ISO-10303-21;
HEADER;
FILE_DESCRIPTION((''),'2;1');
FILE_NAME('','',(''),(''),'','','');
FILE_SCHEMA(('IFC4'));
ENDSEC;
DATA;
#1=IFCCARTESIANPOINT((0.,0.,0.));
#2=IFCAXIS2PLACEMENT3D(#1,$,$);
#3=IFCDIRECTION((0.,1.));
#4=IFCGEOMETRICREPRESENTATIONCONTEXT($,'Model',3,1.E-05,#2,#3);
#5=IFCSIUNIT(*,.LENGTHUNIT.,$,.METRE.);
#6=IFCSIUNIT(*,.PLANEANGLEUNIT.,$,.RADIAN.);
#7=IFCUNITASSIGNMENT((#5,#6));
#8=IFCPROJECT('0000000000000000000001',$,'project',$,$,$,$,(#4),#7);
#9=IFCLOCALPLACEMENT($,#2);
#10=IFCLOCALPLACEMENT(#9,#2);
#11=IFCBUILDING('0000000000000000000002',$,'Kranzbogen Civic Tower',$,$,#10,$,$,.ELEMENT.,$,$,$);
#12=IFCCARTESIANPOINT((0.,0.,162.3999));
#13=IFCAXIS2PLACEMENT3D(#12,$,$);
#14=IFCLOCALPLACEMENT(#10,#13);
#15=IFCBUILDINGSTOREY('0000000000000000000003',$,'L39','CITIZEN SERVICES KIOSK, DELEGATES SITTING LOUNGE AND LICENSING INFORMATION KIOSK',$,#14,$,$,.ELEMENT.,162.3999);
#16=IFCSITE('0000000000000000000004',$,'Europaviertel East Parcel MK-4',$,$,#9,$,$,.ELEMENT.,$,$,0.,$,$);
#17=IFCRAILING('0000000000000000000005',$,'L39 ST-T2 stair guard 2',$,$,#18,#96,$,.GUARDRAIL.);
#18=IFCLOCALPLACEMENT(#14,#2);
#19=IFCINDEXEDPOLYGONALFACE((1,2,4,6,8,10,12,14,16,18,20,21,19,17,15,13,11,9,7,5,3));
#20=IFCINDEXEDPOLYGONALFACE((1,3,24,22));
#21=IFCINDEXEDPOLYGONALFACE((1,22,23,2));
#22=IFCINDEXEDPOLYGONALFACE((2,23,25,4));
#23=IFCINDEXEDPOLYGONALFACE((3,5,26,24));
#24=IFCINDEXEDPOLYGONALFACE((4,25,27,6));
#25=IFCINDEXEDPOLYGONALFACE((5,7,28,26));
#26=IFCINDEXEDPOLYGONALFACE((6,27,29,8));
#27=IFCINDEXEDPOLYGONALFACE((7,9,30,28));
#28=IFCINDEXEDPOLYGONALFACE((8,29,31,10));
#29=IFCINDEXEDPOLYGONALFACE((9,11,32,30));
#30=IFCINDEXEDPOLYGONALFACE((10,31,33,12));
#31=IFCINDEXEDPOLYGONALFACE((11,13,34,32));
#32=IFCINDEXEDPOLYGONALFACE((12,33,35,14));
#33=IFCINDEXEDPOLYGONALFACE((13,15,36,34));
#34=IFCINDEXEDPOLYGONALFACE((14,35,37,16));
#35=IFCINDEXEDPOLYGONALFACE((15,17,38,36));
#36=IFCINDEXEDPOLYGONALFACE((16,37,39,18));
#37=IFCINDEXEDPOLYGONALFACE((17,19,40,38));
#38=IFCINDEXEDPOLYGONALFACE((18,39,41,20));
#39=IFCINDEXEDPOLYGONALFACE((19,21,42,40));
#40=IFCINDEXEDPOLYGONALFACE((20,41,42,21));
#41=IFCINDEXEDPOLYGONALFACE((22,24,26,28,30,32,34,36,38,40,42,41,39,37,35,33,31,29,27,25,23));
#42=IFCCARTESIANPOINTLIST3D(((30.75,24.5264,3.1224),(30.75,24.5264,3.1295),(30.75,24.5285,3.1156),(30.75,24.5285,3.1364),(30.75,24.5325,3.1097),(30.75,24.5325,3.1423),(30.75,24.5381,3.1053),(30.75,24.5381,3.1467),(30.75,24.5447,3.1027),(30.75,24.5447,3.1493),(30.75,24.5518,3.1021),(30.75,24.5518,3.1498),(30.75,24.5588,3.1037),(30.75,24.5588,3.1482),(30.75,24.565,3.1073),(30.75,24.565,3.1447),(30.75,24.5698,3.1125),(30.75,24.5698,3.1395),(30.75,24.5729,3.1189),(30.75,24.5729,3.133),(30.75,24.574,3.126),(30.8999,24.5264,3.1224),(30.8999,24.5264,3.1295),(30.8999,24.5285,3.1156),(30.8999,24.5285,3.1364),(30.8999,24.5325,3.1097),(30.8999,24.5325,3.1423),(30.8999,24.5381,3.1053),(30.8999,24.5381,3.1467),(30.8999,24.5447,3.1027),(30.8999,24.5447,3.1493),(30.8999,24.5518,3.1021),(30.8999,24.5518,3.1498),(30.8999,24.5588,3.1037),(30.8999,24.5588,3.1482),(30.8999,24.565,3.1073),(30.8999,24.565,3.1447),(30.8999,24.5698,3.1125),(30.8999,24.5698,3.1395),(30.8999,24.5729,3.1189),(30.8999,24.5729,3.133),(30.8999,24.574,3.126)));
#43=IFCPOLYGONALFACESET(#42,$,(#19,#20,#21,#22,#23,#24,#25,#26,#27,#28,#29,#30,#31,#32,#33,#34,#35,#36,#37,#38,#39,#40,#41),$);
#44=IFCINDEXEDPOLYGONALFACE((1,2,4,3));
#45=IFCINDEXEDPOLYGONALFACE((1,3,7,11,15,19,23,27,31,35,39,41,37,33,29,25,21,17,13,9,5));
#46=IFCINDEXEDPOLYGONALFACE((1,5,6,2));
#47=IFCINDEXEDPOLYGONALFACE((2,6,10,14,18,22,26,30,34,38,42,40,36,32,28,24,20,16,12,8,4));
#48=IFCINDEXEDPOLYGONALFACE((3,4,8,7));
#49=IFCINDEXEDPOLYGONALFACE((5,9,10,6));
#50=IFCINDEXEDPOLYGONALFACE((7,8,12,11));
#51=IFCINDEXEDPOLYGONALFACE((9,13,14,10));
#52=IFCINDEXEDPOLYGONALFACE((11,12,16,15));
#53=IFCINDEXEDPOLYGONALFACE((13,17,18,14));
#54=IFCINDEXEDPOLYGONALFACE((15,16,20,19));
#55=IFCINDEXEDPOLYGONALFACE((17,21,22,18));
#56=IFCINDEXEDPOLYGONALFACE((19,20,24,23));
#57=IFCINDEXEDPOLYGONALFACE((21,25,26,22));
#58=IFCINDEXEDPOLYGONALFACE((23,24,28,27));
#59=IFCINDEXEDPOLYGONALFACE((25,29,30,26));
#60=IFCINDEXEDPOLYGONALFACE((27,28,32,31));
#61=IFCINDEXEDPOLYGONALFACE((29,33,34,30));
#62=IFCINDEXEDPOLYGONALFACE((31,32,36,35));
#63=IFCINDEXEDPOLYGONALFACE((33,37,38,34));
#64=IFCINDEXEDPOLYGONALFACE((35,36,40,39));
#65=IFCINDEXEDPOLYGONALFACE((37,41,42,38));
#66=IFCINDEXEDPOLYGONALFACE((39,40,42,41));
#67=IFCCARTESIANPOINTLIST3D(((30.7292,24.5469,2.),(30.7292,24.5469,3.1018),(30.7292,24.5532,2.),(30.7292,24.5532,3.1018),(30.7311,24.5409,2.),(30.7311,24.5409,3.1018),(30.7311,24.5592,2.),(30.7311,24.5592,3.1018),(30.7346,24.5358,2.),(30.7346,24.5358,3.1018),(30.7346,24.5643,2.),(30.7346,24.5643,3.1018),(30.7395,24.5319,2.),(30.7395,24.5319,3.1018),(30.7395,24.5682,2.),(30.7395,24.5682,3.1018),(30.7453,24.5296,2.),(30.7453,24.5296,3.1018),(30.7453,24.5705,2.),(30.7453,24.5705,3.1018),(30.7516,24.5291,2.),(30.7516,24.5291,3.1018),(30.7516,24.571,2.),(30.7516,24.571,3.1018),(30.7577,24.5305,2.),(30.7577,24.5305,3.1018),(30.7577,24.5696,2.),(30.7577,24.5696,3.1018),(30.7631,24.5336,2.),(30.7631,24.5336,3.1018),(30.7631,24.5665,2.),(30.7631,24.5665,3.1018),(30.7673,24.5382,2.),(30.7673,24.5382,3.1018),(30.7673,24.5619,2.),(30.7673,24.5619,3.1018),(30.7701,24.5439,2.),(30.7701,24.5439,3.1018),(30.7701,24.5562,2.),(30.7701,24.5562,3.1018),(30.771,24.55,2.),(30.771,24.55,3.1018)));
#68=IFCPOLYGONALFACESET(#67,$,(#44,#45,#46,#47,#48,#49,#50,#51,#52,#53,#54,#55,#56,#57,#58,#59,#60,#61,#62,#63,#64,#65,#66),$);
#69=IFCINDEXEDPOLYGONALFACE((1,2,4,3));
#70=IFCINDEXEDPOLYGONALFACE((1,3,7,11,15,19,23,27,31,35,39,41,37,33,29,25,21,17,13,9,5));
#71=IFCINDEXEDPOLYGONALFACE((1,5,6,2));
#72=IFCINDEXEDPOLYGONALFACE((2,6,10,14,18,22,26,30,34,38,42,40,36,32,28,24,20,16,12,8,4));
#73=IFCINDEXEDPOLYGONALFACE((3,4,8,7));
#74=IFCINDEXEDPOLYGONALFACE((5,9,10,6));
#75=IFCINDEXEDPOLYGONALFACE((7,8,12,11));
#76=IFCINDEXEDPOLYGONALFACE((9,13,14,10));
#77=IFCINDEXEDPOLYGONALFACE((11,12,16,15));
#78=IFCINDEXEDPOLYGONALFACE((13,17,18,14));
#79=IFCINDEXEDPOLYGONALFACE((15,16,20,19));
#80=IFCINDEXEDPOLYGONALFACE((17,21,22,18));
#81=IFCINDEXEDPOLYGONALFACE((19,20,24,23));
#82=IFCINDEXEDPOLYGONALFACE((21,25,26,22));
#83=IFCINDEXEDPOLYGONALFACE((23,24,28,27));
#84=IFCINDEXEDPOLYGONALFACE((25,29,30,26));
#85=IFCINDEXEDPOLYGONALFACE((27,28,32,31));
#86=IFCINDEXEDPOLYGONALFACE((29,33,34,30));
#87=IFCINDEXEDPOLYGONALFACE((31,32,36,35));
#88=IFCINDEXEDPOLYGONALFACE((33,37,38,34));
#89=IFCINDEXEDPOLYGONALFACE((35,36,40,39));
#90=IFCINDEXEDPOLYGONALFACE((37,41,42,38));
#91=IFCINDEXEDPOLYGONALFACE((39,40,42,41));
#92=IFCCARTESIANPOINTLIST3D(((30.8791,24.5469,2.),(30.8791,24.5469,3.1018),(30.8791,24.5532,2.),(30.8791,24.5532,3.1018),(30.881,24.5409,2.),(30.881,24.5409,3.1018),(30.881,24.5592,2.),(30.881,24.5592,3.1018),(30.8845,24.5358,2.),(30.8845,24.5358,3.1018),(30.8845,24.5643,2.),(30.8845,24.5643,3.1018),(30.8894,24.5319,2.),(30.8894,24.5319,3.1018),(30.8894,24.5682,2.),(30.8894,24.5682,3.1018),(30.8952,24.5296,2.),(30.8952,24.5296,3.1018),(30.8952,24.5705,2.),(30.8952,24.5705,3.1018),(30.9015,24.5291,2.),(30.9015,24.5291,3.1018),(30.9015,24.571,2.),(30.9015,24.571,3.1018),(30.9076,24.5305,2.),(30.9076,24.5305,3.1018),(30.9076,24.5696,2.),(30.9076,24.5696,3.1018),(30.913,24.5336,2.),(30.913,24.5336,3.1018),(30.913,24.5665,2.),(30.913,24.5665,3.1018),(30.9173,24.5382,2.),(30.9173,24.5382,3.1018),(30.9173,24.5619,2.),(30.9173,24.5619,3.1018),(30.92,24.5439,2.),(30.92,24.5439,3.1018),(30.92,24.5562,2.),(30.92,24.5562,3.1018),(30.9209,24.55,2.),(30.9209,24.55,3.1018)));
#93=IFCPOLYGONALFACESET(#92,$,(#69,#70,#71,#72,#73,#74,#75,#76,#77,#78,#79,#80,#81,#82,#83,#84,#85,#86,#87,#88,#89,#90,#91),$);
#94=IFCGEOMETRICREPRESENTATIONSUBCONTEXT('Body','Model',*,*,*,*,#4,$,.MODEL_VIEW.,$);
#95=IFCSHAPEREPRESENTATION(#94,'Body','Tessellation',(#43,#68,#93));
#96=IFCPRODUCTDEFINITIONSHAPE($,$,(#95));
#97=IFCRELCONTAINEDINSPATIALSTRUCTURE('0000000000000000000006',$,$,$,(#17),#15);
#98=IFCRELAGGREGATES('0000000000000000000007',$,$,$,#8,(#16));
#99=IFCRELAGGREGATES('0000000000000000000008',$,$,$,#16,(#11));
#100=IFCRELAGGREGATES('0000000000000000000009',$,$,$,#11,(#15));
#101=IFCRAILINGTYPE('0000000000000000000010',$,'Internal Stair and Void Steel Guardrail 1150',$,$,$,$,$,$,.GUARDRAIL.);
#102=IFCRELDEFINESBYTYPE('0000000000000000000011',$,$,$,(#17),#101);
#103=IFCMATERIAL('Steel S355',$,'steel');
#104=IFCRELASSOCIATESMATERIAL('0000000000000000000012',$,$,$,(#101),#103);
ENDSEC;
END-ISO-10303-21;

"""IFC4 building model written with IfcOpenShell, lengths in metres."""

from ifc_helpers import new_model, si_unit, direction, frame, origin, origin_2d, place, context, subcontext, project, spatial, circle, extrude, material, type_object, element, save


model = new_model("IFC4")

# Units and contexts
model_context = context("Model", 3, precision=1e-05, world=origin(), true_north=direction((0.0, 1.0)))
body_context = subcontext(model_context, "Body", "Model", "MODEL_VIEW")
ifc_project = project(units=[si_unit("LENGTHUNIT", "METRE"), si_unit("PLANEANGLEUNIT", "RADIAN")], contexts=[model_context])

# Site, building, storey
site_placement = place(None, origin())
site = spatial("IfcSite", under=ifc_project, at=site_placement, Name="Europaviertel East Parcel MK-4", CompositionType="ELEMENT", RefElevation=0.0)
building_placement = place(site_placement, origin())
building = spatial("IfcBuilding", under=site, at=building_placement, Name="Kranzbogen Civic Tower", CompositionType="ELEMENT")
storey_placement = place(building_placement, frame((0.0, 0.0, 162.3999)))
storey = spatial("IfcBuildingStorey", under=building, at=storey_placement, Name="L39", Description="CITIZEN SERVICES KIOSK, DELEGATES SITTING LOUNGE AND LICENSING INFORMATION KIOSK", CompositionType="ELEMENT", Elevation=162.3999)

# Shared definitions
ifc_material_1 = material(Name="Steel S355", Category="steel")

# Railing
railing_type_1 = type_object("IfcRailingType", Name="Internal Stair and Void Steel Guardrail 1150", PredefinedType="GUARDRAIL", material=ifc_material_1)
railing_1_placement = place(storey_placement, frame((30.75, 24.55, 2.0)))
element("IfcRailing", 1, at=railing_1_placement, inside=storey, type_object=railing_type_1, Name="L39 ST-T2 stair guard 2", PredefinedType="GUARDRAIL", context=body_context, shape_type="SweptSolid", body=[
    extrude(circle(Radius=0.0239, at=origin_2d()), frame((0.0, 0.0, 1.126), z_axis=(1.0, 0.0, 0.0), x_axis=(0.0, 1.0, 0.0)), (0.0, 0.0, 1.0), 0.1499),
    extrude(circle(Radius=0.021, at=origin_2d()), origin(), (0.0, 0.0, 1.0), 1.1018),
    extrude(circle(Radius=0.021, at=origin_2d()), frame((0.1499, 0.0, 0.0)), (0.0, 0.0, 1.0), 1.1018),
])

save(model, "model.ifc")
